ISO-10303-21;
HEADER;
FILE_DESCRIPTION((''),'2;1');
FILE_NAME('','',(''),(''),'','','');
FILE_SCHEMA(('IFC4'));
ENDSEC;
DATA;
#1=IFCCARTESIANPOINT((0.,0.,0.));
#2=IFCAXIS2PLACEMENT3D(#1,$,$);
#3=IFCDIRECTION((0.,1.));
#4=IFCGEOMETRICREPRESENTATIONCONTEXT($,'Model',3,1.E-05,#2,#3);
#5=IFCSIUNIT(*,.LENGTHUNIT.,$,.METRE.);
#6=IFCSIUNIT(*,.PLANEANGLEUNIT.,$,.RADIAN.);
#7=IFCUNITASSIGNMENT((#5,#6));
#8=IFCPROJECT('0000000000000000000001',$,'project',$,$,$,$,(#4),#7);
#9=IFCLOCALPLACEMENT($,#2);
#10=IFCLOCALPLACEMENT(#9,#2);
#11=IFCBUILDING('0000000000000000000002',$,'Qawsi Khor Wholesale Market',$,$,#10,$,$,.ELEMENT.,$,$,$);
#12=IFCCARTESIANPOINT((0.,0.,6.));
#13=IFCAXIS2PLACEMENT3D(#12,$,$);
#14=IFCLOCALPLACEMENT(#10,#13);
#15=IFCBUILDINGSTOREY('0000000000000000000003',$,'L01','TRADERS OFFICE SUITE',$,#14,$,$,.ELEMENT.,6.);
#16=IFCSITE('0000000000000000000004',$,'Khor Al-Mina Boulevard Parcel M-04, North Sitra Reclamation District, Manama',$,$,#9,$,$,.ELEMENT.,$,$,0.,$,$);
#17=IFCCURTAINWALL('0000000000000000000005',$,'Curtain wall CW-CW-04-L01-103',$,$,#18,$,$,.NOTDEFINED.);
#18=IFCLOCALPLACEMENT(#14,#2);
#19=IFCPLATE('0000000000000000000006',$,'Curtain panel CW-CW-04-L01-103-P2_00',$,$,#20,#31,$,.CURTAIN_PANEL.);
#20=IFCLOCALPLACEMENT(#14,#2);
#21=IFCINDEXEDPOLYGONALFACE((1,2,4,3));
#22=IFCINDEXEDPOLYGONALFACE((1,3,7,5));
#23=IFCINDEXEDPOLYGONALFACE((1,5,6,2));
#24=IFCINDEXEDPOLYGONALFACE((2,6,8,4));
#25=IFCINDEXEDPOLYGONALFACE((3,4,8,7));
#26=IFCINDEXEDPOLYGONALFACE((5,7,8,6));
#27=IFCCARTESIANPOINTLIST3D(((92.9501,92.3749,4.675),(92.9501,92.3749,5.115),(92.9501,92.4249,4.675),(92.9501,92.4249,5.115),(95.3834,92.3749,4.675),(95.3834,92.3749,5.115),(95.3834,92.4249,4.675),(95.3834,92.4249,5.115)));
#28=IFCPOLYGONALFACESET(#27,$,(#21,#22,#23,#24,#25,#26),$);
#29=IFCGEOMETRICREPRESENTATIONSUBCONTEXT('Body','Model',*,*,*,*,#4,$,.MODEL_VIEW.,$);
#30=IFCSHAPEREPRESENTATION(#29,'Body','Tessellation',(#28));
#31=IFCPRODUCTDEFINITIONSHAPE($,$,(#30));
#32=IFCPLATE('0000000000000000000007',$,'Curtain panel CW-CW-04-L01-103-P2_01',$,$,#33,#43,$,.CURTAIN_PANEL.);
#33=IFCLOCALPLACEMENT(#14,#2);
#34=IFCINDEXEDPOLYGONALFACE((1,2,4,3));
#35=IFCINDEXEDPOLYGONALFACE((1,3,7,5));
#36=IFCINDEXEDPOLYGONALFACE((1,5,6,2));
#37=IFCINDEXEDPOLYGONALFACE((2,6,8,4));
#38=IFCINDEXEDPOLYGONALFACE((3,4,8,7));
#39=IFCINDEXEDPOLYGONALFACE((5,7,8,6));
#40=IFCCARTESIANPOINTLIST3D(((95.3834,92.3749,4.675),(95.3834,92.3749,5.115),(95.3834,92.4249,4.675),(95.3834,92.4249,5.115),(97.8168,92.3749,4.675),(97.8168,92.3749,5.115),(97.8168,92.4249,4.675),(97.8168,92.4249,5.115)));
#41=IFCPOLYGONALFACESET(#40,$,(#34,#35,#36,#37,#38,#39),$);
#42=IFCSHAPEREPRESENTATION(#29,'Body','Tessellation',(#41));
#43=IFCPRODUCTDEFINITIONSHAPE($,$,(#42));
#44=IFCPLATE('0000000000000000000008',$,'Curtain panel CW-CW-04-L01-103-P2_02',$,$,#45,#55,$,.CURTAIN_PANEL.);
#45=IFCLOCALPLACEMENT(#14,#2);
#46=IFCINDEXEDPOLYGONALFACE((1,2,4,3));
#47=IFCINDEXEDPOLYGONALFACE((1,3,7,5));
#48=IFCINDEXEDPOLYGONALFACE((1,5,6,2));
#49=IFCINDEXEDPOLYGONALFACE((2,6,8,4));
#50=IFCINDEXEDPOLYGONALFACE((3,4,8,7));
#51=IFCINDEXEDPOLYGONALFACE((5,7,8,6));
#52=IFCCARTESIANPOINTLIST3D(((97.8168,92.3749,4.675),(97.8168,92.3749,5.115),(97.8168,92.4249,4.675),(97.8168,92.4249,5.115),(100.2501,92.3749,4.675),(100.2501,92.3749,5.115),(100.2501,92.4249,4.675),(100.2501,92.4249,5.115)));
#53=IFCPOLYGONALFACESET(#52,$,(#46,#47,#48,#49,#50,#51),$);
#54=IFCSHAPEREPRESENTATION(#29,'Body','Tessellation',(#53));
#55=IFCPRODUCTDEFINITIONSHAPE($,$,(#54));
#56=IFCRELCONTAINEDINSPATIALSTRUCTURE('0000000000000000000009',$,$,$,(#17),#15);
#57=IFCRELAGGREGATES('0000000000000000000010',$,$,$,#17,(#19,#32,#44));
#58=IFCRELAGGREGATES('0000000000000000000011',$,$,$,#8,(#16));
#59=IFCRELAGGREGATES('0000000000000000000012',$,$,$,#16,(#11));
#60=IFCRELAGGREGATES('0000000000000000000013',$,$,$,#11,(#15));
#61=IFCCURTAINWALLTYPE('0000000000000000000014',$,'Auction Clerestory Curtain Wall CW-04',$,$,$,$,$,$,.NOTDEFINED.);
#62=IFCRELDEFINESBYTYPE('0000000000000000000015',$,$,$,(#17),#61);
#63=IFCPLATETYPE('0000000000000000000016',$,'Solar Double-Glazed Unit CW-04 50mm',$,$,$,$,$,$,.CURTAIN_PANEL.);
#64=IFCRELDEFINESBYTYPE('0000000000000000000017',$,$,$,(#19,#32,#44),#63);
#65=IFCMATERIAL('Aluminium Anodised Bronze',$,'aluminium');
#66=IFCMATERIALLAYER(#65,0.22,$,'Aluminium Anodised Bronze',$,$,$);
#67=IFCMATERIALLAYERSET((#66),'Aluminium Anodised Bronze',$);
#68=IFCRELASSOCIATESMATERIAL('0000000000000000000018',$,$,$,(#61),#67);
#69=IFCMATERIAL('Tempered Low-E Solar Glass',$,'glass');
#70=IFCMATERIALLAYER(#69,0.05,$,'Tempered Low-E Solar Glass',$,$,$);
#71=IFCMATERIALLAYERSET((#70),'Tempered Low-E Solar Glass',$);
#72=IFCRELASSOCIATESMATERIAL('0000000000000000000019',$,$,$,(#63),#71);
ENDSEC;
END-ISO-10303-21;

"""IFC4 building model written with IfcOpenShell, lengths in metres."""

from ifc_helpers import new_model, si_unit, direction, frame, frame_2d, origin, place, context, subcontext, project, spatial, rectangle, extrude, material, layer, layer_set, type_object, element, aggregate, save


model = new_model("IFC4")

# Units and contexts
model_context = context("Model", 3, precision=1e-05, world=origin(), true_north=direction((0.0, 1.0)))
body_context = subcontext(model_context, "Body", "Model", "MODEL_VIEW")
ifc_project = project(units=[si_unit("LENGTHUNIT", "METRE"), si_unit("PLANEANGLEUNIT", "RADIAN")], contexts=[model_context])

# Site, building, storey
site_placement = place(None, origin())
site = spatial("IfcSite", under=ifc_project, at=site_placement, Name="Khor Al-Mina Boulevard Parcel M-04, North Sitra Reclamation District, Manama", CompositionType="ELEMENT", RefElevation=0.0)
building_placement = place(site_placement, origin())
building = spatial("IfcBuilding", under=site, at=building_placement, Name="Qawsi Khor Wholesale Market", CompositionType="ELEMENT")
storey_placement = place(building_placement, frame((0.0, 0.0, 6.0)))
storey = spatial("IfcBuildingStorey", under=building, at=storey_placement, Name="L01", Description="TRADERS OFFICE SUITE", CompositionType="ELEMENT", Elevation=6.0)

# Shared definitions
ifc_material_1 = material(Name="Aluminium Anodised Bronze", Category="aluminium")
ifc_layer_1 = layer(ifc_material_1, 0.22, Name="Aluminium Anodised Bronze")
ifc_layer_set_1 = layer_set([ifc_layer_1], Name="Aluminium Anodised Bronze")
curtain_wall_type = type_object("IfcCurtainWallType", Name="Auction Clerestory Curtain Wall CW-04", PredefinedType="NOTDEFINED", material=ifc_layer_set_1)

# Curtain wall
curtain_wall_1_placement = place(storey_placement, origin())
curtain_wall_1 = element("IfcCurtainWall", 1, at=curtain_wall_1_placement, inside=storey, type_object=curtain_wall_type, Name="Curtain wall CW-CW-04-L01-103", PredefinedType="NOTDEFINED")

# Plates
ifc_material_2 = material(Name="Tempered Low-E Solar Glass", Category="glass")
ifc_layer_2 = layer(ifc_material_2, 0.05, Name="Tempered Low-E Solar Glass")
ifc_layer_set_2 = layer_set([ifc_layer_2], Name="Tempered Low-E Solar Glass")
plate_type_1 = type_object("IfcPlateType", Name="Solar Double-Glazed Unit CW-04 50mm", PredefinedType="CURTAIN_PANEL", material=ifc_layer_set_2)
plate_1_placement = place(storey_placement, frame((92.95, 92.3999, 4.675), z_axis=(0.0, 0.0, 1.0), x_axis=(1.0, 0.0, 0.0)))
plate_1 = element("IfcPlate", 2, at=plate_1_placement, type_object=plate_type_1, Name="Curtain panel CW-CW-04-L01-103-P2_00", PredefinedType="CURTAIN_PANEL", context=body_context, shape_type="SweptSolid", body=[
    extrude(rectangle(XDim=2.4333, YDim=0.05, at=frame_2d((1.2168, 0.0))), origin(), (0.0, 0.0, 1.0), 0.4399),
])
plate_2_placement = place(storey_placement, frame((95.3833, 92.3999, 4.675), z_axis=(0.0, 0.0, 1.0), x_axis=(1.0, 0.0, 0.0)))
plate_2 = element("IfcPlate", 3, at=plate_2_placement, type_object=plate_type_1, Name="Curtain panel CW-CW-04-L01-103-P2_01", PredefinedType="CURTAIN_PANEL", context=body_context, shape_type="SweptSolid", body=[
    extrude(rectangle(XDim=2.4333, YDim=0.05, at=frame_2d((1.2168, 0.0))), origin(), (0.0, 0.0, 1.0), 0.4399),
])
plate_3_placement = place(storey_placement, frame((97.8167, 92.3999, 4.675), z_axis=(0.0, 0.0, 1.0), x_axis=(1.0, 0.0, 0.0)))
plate_3 = element("IfcPlate", 4, at=plate_3_placement, type_object=plate_type_1, Name="Curtain panel CW-CW-04-L01-103-P2_02", PredefinedType="CURTAIN_PANEL", context=body_context, shape_type="SweptSolid", body=[
    extrude(rectangle(XDim=2.4333, YDim=0.05, at=frame_2d((1.2168, 0.0))), origin(), (0.0, 0.0, 1.0), 0.4399),
])
aggregate(curtain_wall_1, [plate_1, plate_2, plate_3])

save(model, "model.ifc")
